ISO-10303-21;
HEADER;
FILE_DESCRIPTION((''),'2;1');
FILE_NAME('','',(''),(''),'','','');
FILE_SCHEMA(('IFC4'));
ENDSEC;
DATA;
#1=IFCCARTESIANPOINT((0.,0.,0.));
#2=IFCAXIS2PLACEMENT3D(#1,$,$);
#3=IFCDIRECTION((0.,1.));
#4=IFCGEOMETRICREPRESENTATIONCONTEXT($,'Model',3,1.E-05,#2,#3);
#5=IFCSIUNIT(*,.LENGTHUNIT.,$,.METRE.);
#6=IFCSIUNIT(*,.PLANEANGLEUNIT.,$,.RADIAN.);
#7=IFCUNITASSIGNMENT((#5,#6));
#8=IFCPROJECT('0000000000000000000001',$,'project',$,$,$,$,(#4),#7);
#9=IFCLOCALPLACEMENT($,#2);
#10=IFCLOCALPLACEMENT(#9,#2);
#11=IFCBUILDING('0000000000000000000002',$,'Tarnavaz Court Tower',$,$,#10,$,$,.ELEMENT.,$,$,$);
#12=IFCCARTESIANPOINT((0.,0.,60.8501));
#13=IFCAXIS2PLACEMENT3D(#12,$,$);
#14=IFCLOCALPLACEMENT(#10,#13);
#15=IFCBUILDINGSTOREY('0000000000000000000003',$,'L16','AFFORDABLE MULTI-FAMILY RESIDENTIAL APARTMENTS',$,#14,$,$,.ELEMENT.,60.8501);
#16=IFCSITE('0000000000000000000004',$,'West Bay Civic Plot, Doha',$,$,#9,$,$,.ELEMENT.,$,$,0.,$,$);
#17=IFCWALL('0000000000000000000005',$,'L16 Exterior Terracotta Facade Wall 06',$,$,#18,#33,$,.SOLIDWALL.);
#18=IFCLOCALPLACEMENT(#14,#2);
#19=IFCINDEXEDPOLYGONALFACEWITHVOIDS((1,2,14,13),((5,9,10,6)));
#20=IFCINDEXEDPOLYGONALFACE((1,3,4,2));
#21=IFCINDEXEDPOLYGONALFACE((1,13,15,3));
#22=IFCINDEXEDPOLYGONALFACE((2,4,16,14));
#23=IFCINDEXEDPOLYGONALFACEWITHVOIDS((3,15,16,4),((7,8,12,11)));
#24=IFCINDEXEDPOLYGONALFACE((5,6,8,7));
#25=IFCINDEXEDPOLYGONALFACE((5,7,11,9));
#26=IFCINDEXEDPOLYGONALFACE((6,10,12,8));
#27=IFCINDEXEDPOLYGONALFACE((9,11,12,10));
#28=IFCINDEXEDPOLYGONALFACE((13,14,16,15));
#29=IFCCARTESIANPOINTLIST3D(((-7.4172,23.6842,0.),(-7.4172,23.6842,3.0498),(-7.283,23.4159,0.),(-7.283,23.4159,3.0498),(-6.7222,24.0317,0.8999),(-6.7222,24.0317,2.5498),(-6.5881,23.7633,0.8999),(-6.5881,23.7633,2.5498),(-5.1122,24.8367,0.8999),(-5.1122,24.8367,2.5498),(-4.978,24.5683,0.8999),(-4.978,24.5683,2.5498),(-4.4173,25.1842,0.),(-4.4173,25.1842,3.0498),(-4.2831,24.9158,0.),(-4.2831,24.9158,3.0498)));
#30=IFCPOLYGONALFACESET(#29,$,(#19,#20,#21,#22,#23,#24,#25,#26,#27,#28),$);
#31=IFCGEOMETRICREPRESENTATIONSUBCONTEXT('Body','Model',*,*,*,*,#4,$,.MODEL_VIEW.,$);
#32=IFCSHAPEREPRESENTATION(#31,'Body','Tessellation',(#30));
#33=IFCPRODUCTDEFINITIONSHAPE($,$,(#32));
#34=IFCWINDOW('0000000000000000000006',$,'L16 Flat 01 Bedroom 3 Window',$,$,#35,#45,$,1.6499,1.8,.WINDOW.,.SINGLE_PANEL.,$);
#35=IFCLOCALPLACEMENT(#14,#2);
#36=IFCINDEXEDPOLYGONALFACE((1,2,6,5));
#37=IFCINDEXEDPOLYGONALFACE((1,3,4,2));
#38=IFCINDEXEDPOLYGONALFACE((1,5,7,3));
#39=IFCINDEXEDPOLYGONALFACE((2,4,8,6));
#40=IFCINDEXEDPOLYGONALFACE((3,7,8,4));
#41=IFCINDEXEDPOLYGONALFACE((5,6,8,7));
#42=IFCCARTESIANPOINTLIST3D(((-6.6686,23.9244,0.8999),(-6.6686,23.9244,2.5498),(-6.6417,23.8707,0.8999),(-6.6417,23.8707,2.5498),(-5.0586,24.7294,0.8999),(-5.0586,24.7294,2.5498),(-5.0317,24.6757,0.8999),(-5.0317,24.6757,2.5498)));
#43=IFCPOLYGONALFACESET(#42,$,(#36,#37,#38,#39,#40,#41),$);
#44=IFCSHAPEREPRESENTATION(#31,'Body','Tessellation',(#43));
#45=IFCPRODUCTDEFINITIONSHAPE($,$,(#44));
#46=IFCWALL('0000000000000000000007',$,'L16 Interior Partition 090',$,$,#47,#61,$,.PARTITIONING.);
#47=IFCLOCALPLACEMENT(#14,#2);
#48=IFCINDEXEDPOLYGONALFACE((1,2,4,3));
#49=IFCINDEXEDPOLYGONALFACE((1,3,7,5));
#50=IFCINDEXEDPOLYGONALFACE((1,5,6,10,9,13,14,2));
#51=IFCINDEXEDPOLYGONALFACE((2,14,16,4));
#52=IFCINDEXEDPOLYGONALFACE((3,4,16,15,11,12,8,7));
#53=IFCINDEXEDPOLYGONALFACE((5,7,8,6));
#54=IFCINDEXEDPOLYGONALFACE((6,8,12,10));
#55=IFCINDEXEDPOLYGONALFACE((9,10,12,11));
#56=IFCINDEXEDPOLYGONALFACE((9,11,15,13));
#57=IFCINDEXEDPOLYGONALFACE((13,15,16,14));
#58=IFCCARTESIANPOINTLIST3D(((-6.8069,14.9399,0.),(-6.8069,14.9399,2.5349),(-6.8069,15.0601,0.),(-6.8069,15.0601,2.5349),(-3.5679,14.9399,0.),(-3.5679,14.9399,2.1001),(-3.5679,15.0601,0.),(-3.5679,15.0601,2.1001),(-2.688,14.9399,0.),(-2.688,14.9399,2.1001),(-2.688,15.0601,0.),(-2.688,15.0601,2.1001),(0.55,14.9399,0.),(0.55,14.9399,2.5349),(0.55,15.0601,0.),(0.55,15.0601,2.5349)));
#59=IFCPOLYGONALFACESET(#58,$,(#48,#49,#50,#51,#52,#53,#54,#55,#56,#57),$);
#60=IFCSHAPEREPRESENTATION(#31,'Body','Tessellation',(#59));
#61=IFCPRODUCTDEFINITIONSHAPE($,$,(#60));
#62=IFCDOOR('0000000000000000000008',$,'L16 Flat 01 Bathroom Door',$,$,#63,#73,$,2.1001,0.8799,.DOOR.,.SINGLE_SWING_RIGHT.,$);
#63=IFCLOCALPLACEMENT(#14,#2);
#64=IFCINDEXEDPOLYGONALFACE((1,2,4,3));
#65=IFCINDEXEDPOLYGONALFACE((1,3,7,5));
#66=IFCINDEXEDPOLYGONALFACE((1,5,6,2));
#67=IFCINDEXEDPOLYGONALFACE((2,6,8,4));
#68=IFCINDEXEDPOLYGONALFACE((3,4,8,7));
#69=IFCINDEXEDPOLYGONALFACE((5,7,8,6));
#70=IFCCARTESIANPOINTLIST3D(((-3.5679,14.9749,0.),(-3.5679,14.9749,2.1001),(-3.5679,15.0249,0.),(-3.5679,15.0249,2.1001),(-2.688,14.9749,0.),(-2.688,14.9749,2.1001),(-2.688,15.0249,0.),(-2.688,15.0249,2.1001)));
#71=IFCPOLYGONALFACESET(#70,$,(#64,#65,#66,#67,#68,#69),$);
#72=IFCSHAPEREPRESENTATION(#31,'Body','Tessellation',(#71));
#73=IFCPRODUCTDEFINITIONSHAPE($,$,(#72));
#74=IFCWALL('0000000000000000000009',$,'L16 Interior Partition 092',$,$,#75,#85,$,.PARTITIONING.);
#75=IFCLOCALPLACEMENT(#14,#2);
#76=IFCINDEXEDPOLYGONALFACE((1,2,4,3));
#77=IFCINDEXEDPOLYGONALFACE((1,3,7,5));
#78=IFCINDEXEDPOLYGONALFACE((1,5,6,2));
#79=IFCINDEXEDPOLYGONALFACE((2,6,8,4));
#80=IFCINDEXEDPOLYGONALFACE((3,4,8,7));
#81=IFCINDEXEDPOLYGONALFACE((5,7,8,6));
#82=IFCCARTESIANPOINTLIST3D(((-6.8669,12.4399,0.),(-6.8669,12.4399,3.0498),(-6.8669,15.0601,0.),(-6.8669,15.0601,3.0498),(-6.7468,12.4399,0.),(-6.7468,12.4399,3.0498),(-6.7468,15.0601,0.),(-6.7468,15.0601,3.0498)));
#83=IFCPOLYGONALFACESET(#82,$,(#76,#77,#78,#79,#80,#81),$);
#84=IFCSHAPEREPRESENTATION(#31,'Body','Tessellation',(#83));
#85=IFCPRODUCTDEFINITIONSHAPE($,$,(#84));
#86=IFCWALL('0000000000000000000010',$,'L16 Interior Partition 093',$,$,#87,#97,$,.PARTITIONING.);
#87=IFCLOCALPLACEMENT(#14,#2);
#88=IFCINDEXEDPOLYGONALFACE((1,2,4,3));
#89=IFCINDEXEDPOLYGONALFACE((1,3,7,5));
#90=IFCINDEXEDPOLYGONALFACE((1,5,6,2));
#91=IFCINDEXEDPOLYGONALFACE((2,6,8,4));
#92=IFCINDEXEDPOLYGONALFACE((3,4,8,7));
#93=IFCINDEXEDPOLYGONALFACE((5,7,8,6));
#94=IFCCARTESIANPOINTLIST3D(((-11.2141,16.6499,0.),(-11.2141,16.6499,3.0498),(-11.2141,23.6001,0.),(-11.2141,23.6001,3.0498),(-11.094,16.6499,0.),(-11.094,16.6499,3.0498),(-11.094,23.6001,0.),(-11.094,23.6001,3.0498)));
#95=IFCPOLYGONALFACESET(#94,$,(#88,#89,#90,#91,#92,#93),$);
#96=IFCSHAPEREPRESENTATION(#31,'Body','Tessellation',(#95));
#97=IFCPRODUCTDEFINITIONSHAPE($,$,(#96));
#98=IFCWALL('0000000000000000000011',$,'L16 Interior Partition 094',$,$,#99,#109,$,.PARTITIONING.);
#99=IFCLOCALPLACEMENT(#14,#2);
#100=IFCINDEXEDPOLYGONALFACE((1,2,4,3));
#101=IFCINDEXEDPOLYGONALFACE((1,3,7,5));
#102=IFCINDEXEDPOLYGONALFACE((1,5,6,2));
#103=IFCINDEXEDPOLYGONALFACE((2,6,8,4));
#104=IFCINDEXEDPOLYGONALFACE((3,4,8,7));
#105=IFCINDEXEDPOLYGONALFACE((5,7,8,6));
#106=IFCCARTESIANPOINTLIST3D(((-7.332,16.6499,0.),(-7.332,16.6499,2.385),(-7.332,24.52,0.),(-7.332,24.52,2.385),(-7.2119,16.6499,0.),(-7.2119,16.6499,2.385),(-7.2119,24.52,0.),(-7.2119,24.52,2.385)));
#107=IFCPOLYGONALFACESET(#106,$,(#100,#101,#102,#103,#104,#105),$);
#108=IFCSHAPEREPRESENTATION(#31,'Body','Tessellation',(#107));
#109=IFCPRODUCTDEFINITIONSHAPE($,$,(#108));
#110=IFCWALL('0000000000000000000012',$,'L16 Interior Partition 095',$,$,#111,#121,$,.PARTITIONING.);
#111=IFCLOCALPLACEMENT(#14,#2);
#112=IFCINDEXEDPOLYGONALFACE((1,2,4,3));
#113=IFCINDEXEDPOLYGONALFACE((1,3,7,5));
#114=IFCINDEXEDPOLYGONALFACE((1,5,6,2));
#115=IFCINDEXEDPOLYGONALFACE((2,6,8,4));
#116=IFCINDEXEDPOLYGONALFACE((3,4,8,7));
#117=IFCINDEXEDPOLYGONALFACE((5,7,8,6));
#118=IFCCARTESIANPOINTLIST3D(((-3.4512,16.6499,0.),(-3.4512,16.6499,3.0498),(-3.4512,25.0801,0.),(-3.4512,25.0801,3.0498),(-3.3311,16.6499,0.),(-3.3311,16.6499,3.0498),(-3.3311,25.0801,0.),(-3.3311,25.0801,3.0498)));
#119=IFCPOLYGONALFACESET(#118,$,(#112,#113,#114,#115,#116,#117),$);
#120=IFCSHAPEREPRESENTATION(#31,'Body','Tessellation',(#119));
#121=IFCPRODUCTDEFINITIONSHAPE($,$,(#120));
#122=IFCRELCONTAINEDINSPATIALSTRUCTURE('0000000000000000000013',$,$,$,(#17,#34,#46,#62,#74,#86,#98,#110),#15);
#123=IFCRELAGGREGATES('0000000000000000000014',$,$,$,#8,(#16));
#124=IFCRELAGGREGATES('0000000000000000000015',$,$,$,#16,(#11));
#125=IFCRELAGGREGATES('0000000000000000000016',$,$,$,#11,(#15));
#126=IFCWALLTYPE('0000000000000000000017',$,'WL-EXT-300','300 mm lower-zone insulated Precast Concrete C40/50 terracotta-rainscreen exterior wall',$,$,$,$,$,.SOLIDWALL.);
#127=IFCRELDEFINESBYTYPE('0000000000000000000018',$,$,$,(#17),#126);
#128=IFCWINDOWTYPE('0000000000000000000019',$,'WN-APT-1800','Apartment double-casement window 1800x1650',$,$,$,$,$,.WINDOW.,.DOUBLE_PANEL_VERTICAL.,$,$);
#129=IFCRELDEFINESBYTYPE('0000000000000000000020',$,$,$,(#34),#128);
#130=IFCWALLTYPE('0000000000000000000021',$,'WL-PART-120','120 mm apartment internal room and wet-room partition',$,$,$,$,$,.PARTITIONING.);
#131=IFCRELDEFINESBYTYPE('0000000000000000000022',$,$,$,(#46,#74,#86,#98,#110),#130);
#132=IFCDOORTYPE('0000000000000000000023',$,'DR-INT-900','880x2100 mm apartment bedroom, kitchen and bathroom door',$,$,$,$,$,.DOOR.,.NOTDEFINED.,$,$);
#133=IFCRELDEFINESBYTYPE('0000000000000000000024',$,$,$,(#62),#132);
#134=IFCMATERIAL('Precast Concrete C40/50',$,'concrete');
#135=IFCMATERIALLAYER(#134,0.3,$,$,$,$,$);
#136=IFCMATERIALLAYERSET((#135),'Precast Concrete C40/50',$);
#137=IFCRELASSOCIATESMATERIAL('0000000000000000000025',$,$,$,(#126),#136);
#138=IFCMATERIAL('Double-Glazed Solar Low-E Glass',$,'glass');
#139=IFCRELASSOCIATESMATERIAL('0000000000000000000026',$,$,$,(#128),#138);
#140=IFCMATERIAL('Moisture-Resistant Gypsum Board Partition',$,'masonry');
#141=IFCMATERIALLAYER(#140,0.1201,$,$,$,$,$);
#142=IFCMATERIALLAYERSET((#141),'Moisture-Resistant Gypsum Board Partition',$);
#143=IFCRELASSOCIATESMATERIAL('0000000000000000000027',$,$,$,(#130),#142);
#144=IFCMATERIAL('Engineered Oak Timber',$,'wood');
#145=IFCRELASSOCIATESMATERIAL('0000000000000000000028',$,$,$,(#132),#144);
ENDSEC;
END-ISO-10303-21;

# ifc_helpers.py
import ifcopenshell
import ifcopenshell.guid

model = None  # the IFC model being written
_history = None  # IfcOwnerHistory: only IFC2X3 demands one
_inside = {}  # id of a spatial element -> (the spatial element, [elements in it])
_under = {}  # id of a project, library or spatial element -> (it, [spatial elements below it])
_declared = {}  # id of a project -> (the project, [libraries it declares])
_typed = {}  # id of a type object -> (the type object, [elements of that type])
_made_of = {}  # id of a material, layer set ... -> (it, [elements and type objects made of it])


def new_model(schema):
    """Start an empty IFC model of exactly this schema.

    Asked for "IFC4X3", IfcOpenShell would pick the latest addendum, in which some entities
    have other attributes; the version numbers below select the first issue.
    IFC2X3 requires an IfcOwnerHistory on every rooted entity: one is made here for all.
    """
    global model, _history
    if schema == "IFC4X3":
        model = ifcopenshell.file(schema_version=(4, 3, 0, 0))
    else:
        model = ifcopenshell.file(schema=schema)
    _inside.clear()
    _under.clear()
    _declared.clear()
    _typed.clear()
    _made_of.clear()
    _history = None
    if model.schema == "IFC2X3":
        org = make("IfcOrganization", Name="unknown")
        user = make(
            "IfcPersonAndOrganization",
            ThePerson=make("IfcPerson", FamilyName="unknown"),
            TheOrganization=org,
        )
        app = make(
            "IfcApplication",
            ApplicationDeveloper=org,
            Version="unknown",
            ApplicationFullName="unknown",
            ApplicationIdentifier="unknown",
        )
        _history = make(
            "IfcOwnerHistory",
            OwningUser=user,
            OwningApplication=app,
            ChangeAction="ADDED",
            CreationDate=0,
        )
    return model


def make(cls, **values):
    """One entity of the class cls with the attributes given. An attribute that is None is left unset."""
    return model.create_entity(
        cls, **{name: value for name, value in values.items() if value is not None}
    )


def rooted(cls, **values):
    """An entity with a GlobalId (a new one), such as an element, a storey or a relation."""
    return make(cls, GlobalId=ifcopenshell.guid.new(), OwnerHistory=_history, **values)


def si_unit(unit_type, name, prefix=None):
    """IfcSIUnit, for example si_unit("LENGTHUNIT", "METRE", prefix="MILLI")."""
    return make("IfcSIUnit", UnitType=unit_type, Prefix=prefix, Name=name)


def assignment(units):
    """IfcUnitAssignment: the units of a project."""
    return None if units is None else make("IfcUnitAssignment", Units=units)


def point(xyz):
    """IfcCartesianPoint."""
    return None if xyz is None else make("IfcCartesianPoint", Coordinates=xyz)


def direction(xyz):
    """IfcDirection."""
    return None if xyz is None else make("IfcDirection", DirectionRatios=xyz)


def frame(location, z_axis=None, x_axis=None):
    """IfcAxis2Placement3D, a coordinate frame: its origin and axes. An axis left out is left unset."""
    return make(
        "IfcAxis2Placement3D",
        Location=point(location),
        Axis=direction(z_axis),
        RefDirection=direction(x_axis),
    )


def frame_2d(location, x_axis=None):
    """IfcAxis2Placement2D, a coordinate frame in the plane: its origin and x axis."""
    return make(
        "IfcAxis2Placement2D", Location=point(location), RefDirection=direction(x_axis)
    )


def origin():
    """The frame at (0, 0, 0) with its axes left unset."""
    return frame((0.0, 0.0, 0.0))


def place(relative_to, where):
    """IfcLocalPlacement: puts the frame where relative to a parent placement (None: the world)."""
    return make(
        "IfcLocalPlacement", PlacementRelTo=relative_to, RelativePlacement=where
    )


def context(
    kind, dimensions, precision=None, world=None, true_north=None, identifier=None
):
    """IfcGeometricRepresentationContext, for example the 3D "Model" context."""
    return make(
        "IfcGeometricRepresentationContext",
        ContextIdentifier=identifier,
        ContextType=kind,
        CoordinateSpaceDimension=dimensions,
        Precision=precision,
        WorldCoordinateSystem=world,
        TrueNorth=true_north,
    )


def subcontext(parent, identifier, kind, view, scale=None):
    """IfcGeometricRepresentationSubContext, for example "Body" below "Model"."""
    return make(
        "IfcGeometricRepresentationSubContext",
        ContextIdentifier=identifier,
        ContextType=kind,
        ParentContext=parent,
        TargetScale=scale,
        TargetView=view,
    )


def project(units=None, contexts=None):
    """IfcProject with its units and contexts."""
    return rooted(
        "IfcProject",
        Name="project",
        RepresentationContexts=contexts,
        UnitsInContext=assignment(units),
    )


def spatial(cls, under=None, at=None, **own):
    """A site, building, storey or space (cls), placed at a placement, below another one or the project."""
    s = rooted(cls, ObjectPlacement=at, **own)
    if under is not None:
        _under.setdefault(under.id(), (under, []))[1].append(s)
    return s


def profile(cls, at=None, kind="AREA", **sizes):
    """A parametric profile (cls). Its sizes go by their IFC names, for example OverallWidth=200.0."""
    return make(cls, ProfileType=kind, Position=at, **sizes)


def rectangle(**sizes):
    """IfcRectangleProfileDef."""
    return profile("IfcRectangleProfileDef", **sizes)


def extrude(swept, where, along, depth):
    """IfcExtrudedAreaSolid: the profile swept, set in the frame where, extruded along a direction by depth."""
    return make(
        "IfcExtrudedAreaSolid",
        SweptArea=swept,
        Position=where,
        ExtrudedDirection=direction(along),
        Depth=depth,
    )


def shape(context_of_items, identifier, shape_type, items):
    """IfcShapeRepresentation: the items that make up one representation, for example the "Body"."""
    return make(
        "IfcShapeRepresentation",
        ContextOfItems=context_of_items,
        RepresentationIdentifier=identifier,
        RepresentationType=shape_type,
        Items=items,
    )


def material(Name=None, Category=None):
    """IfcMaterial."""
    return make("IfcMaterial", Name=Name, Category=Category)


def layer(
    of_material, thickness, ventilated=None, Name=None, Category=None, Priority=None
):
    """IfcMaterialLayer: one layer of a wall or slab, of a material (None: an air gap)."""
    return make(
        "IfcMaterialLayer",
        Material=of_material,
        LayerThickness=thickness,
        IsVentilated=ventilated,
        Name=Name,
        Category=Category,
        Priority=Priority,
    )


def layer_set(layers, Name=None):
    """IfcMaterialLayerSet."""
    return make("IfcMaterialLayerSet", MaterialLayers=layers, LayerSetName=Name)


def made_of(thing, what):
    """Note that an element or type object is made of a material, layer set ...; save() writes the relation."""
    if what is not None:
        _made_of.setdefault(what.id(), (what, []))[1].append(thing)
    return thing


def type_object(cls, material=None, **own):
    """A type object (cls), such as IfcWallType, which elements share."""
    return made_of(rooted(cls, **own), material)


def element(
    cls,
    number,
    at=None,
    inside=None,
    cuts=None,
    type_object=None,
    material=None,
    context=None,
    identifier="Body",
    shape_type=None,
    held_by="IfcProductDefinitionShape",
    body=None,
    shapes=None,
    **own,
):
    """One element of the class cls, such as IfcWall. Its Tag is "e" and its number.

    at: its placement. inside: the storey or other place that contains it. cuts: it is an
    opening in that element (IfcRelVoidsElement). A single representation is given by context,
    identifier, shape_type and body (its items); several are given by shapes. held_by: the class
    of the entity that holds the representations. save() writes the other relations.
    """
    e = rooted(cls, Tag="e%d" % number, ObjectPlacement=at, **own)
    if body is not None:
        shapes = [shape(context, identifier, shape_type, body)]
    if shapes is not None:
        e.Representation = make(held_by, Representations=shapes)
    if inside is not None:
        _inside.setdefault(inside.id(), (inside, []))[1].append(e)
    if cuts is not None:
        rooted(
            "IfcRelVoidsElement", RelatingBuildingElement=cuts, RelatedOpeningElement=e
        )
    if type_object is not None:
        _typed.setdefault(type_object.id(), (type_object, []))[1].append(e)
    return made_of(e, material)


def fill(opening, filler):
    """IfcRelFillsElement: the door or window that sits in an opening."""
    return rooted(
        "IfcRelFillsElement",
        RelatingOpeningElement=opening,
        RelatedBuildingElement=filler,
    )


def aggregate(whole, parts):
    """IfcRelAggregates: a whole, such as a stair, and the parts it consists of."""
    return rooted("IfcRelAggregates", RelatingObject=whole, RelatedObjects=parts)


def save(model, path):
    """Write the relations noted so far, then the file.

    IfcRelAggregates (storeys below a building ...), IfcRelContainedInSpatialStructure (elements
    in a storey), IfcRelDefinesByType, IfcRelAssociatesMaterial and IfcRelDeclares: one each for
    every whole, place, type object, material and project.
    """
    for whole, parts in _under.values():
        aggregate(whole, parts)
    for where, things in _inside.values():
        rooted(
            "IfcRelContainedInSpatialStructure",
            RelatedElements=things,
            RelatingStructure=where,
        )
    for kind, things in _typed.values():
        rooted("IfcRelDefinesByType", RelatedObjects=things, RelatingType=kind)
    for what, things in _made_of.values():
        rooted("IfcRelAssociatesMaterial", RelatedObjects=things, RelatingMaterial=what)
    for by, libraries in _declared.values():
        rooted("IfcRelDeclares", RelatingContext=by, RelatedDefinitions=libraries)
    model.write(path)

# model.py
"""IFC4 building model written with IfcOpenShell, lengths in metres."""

from ifc_helpers import new_model, si_unit, direction, frame, frame_2d, origin, place, context, subcontext, project, spatial, rectangle, extrude, material, layer, layer_set, type_object, element, fill, save


model = new_model("IFC4")

# Units and contexts
model_context = context("Model", 3, precision=1e-05, world=origin(), true_north=direction((0.0, 1.0)))
body_context = subcontext(model_context, "Body", "Model", "MODEL_VIEW")
ifc_project = project(units=[si_unit("LENGTHUNIT", "METRE"), si_unit("PLANEANGLEUNIT", "RADIAN")], contexts=[model_context])

# Site, building, storey
site_placement = place(None, origin())
site = spatial("IfcSite", under=ifc_project, at=site_placement, Name="West Bay Civic Plot, Doha", CompositionType="ELEMENT", RefElevation=0.0)
building_placement = place(site_placement, origin())
building = spatial("IfcBuilding", under=site, at=building_placement, Name="Tarnavaz Court Tower", CompositionType="ELEMENT")
storey_placement = place(building_placement, frame((0.0, 0.0, 60.8501)))
storey = spatial("IfcBuildingStorey", under=building, at=storey_placement, Name="L16", Description="AFFORDABLE MULTI-FAMILY RESIDENTIAL APARTMENTS", CompositionType="ELEMENT", Elevation=60.8501)

# Shared definitions
ifc_material_1 = material(Name="Double-Glazed Solar Low-E Glass", Category="glass")

# Wall, opening, window
ifc_material_2 = material(Name="Precast Concrete C40/50", Category="concrete")
ifc_layer_1 = layer(ifc_material_2, 0.3)
ifc_layer_set_1 = layer_set([ifc_layer_1], Name="Precast Concrete C40/50")
wall_type_1 = type_object("IfcWallType", Name="WL-EXT-300", Description="300 mm lower-zone insulated Precast Concrete C40/50 terracotta-rainscreen exterior wall", PredefinedType="SOLIDWALL", material=ifc_layer_set_1)
wall_1_placement = place(storey_placement, frame((-7.3501, 23.55, 0.0), z_axis=(0.0, 0.0, 1.0), x_axis=(0.894427, 0.447214, 0.0)))
wall_1 = element("IfcWall", 1, at=wall_1_placement, inside=storey, type_object=wall_type_1, Name="L16 Exterior Terracotta Facade Wall 06", PredefinedType="SOLIDWALL", context=body_context, shape_type="SweptSolid", body=[
    extrude(rectangle(XDim=3.354, YDim=0.3, at=frame_2d((1.677, 0.0))), origin(), (0.0, 0.0, 1.0), 3.0498),
])
opening_1_placement = place(wall_1_placement, frame((0.7771, 0.0, 0.8999)))
opening_1 = element("IfcOpeningElement", 2, at=opening_1_placement, cuts=wall_1, PredefinedType="OPENING", context=body_context, shape_type="SweptSolid", body=[
    extrude(rectangle(XDim=1.8, YDim=1.6499, at=frame_2d((0.8999, 0.825))), frame((0.0, 0.1599, 0.0), z_axis=(0.0, -1.0, 0.0), x_axis=(1.0, 0.0, 0.0)), (0.0, 0.0, 1.0), 0.3201),
])
window_type = type_object("IfcWindowType", Name="WN-APT-1800", Description="Apartment double-casement window 1800x1650", PartitioningType="DOUBLE_PANEL_VERTICAL", PredefinedType="WINDOW", material=ifc_material_1)
window_placement = place(opening_1_placement, origin())
window = element("IfcWindow", 3, at=window_placement, inside=storey, type_object=window_type, Name="L16 Flat 01 Bedroom 3 Window", OverallHeight=1.6499, OverallWidth=1.8, PartitioningType="SINGLE_PANEL", PredefinedType="WINDOW", context=body_context, shape_type="SweptSolid", body=[
    extrude(rectangle(XDim=1.8, YDim=1.6499, at=frame_2d((0.8999, 0.825))), frame((0.0, 0.03, 0.0), z_axis=(0.0, -1.0, 0.0), x_axis=(1.0, 0.0, 0.0)), (0.0, 0.0, 1.0), 0.0601),
])
fill(opening_1, window)

# Wall, opening, door
ifc_material_3 = material(Name="Moisture-Resistant Gypsum Board Partition", Category="masonry")
ifc_layer_2 = layer(ifc_material_3, 0.1201)
ifc_layer_set_2 = layer_set([ifc_layer_2], Name="Moisture-Resistant Gypsum Board Partition")
wall_type_2 = type_object("IfcWallType", Name="WL-PART-120", Description="120 mm apartment internal room and wet-room partition", PredefinedType="PARTITIONING", material=ifc_layer_set_2)
wall_2_placement = place(storey_placement, frame((-6.8069, 15.0, 0.0), z_axis=(0.0, 0.0, 1.0), x_axis=(1.0, 0.0, 0.0)))
wall_2 = element("IfcWall", 4, at=wall_2_placement, inside=storey, type_object=wall_type_2, Name="L16 Interior Partition 090", PredefinedType="PARTITIONING", context=body_context, shape_type="SweptSolid", body=[
    extrude(rectangle(XDim=7.3569, YDim=0.1201, at=frame_2d((3.6785, 0.0))), origin(), (0.0, 0.0, 1.0), 2.5349),
])
opening_2_placement = place(wall_2_placement, frame((3.239, 0.0, 0.0)))
opening_2 = element("IfcOpeningElement", 5, at=opening_2_placement, cuts=wall_2, PredefinedType="OPENING", context=body_context, shape_type="SweptSolid", body=[
    extrude(rectangle(XDim=0.8799, YDim=2.1001, at=frame_2d((0.4399, 1.05))), frame((0.0, 0.0701, 0.0), z_axis=(0.0, -1.0, 0.0), x_axis=(1.0, 0.0, 0.0)), (0.0, 0.0, 1.0), 0.1401),
])
ifc_material_4 = material(Name="Engineered Oak Timber", Category="wood")
door_type = type_object("IfcDoorType", Name="DR-INT-900", Description="880x2100 mm apartment bedroom, kitchen and bathroom door", OperationType="NOTDEFINED", PredefinedType="DOOR", material=ifc_material_4)
door_placement = place(opening_2_placement, origin())
door = element("IfcDoor", 6, at=door_placement, inside=storey, type_object=door_type, Name="L16 Flat 01 Bathroom Door", OperationType="SINGLE_SWING_RIGHT", OverallHeight=2.1001, OverallWidth=0.8799, PredefinedType="DOOR", context=body_context, shape_type="SweptSolid", body=[
    extrude(rectangle(XDim=0.8799, YDim=2.1001, at=frame_2d((0.4399, 1.05))), frame((0.0, 0.0249, 0.0), z_axis=(0.0, -1.0, 0.0), x_axis=(1.0, 0.0, 0.0)), (0.0, 0.0, 1.0), 0.05),
])
fill(opening_2, door)

# Walls
wall_3_placement = place(storey_placement, frame((-6.8069, 12.4399, 0.0), z_axis=(0.0, 0.0, 1.0), x_axis=(0.0, 1.0, 0.0)))
element("IfcWall", 7, at=wall_3_placement, inside=storey, type_object=wall_type_2, Name="L16 Interior Partition 092", PredefinedType="PARTITIONING", context=body_context, shape_type="SweptSolid", body=[
    extrude(rectangle(XDim=2.6201, YDim=0.1201, at=frame_2d((1.3101, 0.0))), origin(), (0.0, 0.0, 1.0), 3.0498),
])
wall_4_placement = place(storey_placement, frame((-11.1541, 16.6499, 0.0), z_axis=(0.0, 0.0, 1.0), x_axis=(0.0, 1.0, 0.0)))
element("IfcWall", 8, at=wall_4_placement, inside=storey, type_object=wall_type_2, Name="L16 Interior Partition 093", PredefinedType="PARTITIONING", context=body_context, shape_type="SweptSolid", body=[
    extrude(rectangle(XDim=6.9502, YDim=0.1201, at=frame_2d((3.4751, 0.0))), origin(), (0.0, 0.0, 1.0), 3.0498),
])
wall_5_placement = place(storey_placement, frame((-7.272, 16.6499, 0.0), z_axis=(0.0, 0.0, 1.0), x_axis=(0.0, 1.0, 0.0)))
element("IfcWall", 9, at=wall_5_placement, inside=storey, type_object=wall_type_2, Name="L16 Interior Partition 094", PredefinedType="PARTITIONING", context=body_context, shape_type="SweptSolid", body=[
    extrude(rectangle(XDim=7.8701, YDim=0.1201, at=frame_2d((3.9351, 0.0))), origin(), (0.0, 0.0, 1.0), 2.385),
])
wall_6_placement = place(storey_placement, frame((-3.3911, 16.6499, 0.0), z_axis=(0.0, 0.0, 1.0), x_axis=(0.0, 1.0, 0.0)))
element("IfcWall", 10, at=wall_6_placement, inside=storey, type_object=wall_type_2, Name="L16 Interior Partition 095", PredefinedType="PARTITIONING", context=body_context, shape_type="SweptSolid", body=[
    extrude(rectangle(XDim=8.4302, YDim=0.1201, at=frame_2d((4.2151, 0.0))), origin(), (0.0, 0.0, 1.0), 3.0498),
])

save(model, "model.ifc")
